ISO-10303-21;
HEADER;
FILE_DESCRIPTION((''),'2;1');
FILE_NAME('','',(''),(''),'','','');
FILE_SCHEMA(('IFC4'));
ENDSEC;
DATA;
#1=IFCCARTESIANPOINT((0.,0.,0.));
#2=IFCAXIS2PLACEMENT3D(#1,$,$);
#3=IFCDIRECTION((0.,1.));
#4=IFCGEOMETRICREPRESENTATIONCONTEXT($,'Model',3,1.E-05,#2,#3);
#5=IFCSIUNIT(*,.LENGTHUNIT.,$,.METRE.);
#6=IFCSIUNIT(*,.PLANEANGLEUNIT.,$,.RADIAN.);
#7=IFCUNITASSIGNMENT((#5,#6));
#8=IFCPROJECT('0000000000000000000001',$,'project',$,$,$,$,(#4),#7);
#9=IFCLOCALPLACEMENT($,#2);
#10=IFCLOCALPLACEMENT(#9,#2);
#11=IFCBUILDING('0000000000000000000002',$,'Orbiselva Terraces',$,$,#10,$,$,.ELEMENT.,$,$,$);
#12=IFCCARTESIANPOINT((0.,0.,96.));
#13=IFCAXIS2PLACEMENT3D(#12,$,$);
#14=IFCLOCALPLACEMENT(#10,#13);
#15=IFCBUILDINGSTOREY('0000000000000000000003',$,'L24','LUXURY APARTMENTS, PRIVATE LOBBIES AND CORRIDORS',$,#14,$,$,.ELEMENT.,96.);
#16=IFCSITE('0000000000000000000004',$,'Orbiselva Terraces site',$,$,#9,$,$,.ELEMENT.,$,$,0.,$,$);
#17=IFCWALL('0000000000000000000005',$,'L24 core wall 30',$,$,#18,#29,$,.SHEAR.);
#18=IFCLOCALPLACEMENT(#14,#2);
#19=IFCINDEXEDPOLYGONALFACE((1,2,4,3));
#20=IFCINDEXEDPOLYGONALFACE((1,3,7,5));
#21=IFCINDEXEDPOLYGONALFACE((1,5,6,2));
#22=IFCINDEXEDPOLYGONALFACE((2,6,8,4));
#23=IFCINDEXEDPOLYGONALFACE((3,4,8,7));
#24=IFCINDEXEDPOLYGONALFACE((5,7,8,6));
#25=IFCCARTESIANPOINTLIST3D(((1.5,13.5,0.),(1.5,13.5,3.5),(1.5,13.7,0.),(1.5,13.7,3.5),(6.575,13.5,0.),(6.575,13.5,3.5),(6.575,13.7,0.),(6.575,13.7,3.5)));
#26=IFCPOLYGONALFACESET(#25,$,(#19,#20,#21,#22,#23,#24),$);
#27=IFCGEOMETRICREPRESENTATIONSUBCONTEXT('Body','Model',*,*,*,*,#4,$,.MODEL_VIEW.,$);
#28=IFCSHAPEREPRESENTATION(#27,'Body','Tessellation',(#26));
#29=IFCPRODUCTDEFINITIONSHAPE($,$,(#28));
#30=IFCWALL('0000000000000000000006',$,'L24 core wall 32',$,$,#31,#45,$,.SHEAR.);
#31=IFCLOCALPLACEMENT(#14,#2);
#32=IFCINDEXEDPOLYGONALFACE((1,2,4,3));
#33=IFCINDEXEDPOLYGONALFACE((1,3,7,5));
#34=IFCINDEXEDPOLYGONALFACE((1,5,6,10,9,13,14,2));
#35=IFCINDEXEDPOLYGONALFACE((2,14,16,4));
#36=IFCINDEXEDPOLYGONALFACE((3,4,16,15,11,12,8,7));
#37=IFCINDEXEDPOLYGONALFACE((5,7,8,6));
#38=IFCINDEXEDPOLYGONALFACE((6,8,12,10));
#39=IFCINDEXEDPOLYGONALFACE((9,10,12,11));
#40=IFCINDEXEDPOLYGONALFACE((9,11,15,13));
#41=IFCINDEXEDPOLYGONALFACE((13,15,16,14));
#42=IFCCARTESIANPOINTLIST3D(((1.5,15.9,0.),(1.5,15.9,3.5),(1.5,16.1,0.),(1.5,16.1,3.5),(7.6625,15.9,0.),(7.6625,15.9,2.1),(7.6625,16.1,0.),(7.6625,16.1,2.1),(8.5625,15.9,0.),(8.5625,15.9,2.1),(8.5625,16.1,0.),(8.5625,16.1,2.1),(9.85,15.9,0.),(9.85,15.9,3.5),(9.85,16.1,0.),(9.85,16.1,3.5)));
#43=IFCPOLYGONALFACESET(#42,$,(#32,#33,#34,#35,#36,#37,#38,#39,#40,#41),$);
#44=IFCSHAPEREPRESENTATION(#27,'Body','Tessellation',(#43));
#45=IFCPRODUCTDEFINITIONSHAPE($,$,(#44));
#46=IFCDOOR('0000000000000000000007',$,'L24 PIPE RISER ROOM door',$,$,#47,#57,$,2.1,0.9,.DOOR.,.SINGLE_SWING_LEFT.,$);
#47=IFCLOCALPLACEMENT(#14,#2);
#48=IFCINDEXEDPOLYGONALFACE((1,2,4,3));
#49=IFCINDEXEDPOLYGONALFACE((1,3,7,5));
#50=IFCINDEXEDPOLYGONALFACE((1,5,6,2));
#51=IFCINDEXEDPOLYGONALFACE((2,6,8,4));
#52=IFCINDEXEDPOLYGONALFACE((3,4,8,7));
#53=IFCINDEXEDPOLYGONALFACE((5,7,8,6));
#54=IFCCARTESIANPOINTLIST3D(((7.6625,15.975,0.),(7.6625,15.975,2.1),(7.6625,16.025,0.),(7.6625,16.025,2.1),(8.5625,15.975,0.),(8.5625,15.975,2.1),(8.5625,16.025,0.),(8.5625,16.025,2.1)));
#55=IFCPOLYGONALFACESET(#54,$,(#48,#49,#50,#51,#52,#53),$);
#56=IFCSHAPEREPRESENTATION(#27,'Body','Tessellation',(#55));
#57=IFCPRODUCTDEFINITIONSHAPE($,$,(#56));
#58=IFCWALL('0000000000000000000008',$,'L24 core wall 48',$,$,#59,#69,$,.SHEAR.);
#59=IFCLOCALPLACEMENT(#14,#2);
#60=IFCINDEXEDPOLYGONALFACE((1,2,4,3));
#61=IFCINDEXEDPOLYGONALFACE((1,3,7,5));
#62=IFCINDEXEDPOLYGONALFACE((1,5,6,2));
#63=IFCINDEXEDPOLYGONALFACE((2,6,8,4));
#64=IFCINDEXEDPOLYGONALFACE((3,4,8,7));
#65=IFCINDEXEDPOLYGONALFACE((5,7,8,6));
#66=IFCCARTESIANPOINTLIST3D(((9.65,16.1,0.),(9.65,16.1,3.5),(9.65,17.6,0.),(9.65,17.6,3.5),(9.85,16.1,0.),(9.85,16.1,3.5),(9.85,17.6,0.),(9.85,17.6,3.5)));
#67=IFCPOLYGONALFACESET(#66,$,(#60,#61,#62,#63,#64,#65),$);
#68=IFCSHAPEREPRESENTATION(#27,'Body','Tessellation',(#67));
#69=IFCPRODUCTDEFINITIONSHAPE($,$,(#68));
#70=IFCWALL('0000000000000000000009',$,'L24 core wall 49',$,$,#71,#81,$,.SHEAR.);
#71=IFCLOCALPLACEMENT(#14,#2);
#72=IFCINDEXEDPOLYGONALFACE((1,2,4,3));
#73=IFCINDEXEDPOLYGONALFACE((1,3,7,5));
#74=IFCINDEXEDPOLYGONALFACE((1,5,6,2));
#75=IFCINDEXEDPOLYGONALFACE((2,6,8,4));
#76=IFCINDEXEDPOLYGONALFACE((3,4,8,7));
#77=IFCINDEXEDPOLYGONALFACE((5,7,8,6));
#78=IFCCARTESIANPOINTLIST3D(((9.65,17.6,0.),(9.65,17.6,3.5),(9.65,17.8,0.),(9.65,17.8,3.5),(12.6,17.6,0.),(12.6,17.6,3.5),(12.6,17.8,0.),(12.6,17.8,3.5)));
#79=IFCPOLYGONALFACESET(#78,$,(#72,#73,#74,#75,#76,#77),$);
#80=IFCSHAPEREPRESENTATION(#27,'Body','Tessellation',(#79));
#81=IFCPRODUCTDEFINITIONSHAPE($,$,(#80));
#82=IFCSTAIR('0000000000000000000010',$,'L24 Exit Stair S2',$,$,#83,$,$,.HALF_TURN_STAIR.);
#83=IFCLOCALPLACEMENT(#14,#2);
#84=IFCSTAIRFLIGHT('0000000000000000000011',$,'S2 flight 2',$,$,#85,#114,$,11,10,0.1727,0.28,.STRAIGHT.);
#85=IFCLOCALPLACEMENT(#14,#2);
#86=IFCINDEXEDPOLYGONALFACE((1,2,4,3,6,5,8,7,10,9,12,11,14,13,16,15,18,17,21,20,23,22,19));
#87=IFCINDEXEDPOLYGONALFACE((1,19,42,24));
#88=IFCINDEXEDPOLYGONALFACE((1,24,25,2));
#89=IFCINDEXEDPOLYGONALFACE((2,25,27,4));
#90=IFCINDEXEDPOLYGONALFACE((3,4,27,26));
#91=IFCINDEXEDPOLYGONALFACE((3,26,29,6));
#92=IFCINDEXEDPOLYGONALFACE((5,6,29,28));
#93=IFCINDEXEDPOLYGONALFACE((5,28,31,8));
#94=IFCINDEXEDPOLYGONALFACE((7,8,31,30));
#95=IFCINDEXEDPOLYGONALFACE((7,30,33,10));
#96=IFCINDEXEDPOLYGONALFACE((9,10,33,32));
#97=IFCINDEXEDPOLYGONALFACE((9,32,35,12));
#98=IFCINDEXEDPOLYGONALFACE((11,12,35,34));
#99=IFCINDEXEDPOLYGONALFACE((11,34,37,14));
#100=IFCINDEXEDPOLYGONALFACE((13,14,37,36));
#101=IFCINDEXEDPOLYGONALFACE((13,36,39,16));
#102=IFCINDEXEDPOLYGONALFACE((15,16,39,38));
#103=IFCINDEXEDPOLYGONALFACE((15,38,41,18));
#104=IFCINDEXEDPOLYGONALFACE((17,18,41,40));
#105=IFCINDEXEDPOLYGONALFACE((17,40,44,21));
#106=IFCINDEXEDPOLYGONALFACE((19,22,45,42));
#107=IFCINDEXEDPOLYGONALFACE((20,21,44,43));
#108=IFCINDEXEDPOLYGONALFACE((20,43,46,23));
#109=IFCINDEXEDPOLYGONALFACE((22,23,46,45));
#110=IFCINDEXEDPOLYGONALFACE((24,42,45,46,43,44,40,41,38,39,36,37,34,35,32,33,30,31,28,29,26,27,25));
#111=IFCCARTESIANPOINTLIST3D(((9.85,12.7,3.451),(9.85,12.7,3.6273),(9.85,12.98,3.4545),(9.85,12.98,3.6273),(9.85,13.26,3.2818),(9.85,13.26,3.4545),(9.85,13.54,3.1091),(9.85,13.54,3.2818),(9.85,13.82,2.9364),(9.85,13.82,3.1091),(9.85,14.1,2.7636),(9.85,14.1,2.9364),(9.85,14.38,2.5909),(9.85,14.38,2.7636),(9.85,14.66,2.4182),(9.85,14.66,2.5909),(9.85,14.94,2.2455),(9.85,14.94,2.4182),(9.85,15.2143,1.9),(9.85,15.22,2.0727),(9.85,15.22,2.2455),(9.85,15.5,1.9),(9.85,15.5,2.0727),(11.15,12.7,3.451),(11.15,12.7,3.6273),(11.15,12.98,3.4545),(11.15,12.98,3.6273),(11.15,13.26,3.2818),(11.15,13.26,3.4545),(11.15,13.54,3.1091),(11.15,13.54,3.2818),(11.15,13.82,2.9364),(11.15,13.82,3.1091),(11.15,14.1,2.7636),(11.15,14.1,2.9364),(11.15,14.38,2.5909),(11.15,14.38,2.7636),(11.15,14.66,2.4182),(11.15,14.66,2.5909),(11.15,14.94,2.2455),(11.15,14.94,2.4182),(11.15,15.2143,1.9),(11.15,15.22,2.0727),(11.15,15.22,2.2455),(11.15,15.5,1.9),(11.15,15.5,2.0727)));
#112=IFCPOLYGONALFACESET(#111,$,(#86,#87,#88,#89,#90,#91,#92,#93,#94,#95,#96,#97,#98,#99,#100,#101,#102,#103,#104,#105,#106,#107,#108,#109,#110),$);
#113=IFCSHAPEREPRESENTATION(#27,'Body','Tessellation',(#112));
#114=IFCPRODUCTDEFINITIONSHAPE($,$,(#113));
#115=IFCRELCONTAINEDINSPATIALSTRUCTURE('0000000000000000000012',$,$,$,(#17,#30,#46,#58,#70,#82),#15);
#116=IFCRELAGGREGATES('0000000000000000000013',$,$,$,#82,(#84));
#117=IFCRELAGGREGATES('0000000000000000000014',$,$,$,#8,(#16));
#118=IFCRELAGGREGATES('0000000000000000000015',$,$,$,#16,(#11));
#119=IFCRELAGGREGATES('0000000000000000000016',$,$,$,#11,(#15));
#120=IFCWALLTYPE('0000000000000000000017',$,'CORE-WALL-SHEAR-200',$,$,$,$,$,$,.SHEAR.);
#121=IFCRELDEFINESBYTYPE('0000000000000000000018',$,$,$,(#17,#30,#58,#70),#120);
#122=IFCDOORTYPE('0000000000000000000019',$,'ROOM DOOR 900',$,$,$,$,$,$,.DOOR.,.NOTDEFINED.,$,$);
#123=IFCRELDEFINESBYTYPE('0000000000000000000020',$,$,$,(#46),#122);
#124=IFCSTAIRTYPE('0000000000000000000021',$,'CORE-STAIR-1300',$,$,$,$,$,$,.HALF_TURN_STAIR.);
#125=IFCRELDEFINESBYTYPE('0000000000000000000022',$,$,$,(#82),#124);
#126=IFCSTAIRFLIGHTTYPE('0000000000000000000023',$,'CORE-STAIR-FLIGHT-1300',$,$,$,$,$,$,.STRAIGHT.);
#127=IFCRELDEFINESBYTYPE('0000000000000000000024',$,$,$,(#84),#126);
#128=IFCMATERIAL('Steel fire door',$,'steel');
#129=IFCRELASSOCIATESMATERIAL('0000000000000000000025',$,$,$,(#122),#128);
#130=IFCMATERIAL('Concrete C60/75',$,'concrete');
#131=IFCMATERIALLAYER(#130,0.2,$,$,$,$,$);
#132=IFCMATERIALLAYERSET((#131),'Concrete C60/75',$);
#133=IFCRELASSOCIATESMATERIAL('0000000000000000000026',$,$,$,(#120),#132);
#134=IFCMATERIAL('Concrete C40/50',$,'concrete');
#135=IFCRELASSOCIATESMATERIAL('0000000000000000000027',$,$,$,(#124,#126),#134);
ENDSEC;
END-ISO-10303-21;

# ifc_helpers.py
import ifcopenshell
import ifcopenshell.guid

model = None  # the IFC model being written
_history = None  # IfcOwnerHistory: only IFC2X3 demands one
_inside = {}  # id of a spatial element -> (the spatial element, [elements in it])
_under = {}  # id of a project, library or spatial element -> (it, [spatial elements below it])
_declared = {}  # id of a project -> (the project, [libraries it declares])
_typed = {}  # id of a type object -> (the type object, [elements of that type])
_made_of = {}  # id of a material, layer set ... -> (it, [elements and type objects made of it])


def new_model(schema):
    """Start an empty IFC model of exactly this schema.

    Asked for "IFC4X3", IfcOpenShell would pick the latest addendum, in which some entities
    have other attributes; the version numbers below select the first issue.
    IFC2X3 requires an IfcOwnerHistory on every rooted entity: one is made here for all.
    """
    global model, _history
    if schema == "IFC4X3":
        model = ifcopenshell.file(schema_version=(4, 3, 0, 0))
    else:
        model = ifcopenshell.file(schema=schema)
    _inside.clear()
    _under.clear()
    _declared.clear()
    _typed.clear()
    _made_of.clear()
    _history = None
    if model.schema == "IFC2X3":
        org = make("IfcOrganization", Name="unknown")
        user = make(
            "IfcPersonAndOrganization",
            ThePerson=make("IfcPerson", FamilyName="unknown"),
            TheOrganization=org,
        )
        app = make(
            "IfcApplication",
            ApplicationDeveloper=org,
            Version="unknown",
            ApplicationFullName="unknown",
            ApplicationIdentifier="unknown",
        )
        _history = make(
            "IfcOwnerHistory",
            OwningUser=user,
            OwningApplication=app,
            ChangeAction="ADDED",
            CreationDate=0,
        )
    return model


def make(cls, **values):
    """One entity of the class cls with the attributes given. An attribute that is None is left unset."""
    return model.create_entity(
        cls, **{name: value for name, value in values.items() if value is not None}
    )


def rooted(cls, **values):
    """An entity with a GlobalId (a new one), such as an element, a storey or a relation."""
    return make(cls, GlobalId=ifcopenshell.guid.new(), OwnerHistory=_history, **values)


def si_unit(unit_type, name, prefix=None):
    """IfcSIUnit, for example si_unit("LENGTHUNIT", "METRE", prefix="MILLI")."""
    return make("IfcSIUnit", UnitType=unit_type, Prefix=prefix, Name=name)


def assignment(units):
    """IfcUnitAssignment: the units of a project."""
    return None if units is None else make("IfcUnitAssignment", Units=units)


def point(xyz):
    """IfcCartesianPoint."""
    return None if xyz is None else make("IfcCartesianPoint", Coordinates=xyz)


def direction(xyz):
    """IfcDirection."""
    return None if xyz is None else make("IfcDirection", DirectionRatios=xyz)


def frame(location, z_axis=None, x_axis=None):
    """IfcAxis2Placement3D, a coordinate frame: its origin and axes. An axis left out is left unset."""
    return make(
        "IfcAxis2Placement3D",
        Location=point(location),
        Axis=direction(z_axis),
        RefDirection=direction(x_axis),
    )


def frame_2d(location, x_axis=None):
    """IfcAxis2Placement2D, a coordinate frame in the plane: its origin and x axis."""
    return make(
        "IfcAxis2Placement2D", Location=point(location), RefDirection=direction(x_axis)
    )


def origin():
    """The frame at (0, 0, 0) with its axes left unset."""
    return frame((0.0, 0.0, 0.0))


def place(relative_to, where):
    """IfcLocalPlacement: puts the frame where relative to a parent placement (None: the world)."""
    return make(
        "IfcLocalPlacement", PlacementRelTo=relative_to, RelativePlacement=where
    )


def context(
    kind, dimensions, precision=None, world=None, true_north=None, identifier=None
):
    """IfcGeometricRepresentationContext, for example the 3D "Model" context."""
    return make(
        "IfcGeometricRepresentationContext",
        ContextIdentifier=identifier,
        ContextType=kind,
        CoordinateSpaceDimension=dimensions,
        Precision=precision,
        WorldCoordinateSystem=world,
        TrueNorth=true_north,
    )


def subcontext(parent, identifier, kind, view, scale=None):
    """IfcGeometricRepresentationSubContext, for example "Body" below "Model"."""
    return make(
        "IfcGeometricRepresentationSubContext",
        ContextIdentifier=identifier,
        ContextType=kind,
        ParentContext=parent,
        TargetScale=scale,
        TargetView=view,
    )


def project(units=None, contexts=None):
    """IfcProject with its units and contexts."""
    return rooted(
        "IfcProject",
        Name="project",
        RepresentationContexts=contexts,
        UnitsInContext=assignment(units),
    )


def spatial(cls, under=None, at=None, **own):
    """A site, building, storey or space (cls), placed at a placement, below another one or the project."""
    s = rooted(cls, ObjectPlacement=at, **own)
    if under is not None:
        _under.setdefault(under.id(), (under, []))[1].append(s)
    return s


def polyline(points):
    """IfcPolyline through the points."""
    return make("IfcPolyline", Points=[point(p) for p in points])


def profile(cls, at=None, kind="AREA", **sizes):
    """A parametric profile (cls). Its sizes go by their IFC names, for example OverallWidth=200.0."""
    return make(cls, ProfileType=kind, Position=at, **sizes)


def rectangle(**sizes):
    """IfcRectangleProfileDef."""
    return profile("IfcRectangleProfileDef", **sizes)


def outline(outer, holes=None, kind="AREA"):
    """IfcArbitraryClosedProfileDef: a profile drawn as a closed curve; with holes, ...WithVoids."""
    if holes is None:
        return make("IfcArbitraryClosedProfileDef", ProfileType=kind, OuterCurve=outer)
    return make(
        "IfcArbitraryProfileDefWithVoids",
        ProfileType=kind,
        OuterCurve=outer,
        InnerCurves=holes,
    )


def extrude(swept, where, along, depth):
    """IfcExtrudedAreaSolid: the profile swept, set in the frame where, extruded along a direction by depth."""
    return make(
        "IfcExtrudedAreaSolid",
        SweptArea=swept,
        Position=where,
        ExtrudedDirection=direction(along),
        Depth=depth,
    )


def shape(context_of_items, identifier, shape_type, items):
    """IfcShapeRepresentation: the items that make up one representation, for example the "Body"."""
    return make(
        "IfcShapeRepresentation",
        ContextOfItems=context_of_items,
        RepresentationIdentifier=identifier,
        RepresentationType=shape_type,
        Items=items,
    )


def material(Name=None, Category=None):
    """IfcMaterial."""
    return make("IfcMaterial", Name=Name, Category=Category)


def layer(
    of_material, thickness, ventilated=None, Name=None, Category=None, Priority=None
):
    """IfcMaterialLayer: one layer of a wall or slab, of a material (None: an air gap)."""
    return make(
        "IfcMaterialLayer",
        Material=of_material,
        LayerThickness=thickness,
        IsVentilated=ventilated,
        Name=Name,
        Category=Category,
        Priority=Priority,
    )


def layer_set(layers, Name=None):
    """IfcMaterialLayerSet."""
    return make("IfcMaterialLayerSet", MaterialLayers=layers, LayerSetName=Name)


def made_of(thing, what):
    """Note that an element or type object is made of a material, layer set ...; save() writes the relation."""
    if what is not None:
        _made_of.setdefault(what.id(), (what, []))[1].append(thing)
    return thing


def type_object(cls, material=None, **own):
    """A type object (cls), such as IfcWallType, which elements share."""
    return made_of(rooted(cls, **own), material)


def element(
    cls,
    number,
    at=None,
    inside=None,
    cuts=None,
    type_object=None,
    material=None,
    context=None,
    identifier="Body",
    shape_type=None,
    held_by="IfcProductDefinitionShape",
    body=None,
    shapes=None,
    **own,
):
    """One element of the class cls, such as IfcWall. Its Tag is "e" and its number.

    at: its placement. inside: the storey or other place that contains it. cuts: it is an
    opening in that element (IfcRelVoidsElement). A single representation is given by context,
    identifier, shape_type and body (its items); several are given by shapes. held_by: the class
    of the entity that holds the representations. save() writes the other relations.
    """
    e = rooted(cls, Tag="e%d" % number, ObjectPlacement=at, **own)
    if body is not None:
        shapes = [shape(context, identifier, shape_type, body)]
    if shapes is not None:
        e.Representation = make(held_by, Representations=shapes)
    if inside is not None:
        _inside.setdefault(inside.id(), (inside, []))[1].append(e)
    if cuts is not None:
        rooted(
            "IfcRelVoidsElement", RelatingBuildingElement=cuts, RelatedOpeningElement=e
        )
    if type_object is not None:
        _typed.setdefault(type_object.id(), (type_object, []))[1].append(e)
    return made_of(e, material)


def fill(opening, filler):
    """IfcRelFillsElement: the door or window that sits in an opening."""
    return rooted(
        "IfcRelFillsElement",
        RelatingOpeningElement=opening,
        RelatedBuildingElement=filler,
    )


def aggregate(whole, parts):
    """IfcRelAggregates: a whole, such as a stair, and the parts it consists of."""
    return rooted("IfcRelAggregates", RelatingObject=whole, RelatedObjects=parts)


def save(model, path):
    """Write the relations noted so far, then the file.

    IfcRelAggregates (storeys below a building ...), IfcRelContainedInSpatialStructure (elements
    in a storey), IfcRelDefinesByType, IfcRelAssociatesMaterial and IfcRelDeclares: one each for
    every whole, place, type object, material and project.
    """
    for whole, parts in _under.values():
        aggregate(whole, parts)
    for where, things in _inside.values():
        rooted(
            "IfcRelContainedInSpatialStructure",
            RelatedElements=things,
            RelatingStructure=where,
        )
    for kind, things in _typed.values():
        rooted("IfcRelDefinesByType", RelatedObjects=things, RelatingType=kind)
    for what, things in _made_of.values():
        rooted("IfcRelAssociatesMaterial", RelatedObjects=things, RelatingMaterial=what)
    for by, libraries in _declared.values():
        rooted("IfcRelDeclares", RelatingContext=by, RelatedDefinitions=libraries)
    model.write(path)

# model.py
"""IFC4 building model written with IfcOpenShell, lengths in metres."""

from ifc_helpers import new_model, si_unit, direction, frame, frame_2d, origin, place, context, subcontext, project, spatial, polyline, rectangle, outline, extrude, material, layer, layer_set, type_object, element, fill, aggregate, save


model = new_model("IFC4")

# Units and contexts
model_context = context("Model", 3, precision=1e-05, world=origin(), true_north=direction((0.0, 1.0)))
body_context = subcontext(model_context, "Body", "Model", "MODEL_VIEW")
ifc_project = project(units=[si_unit("LENGTHUNIT", "METRE"), si_unit("PLANEANGLEUNIT", "RADIAN")], contexts=[model_context])

# Site, building, storey
site_placement = place(None, origin())
site = spatial("IfcSite", under=ifc_project, at=site_placement, Name="Orbiselva Terraces site", CompositionType="ELEMENT", RefElevation=0.0)
building_placement = place(site_placement, origin())
building = spatial("IfcBuilding", under=site, at=building_placement, Name="Orbiselva Terraces", CompositionType="ELEMENT")
storey_placement = place(building_placement, frame((0.0, 0.0, 96.0)))
storey = spatial("IfcBuildingStorey", under=building, at=storey_placement, Name="L24", Description="LUXURY APARTMENTS, PRIVATE LOBBIES AND CORRIDORS", CompositionType="ELEMENT", Elevation=96.0)

# Shared definitions
ifc_material_1 = material(Name="Steel fire door", Category="steel")
door_type = type_object("IfcDoorType", Name="ROOM DOOR 900", OperationType="NOTDEFINED", PredefinedType="DOOR", material=ifc_material_1)

# Shared definitions
ifc_material_2 = material(Name="Concrete C40/50", Category="concrete")

# Shared definitions
ifc_material_3 = material(Name="Concrete C60/75", Category="concrete")
ifc_layer_1 = layer(ifc_material_3, 0.2)
ifc_layer_set_1 = layer_set([ifc_layer_1], Name="Concrete C60/75")
wall_type_1 = type_object("IfcWallType", Name="CORE-WALL-SHEAR-200", PredefinedType="SHEAR", material=ifc_layer_set_1)

# Wall
wall_1_placement = place(storey_placement, frame((1.5, 13.6, 0.0), z_axis=(0.0, 0.0, 1.0), x_axis=(1.0, 0.0, 0.0)))
element("IfcWall", 1, at=wall_1_placement, inside=storey, type_object=wall_type_1, Name="L24 core wall 30", PredefinedType="SHEAR", context=body_context, shape_type="SweptSolid", body=[
    extrude(rectangle(XDim=5.075, YDim=0.2, at=frame_2d((2.5375, 0.0))), origin(), (0.0, 0.0, 1.0), 3.5),
])

# Wall, opening, door
wall_2_placement = place(storey_placement, frame((9.85, 16.0, 0.0), z_axis=(0.0, 0.0, 1.0), x_axis=(-1.0, 0.0, 0.0)))
wall_2 = element("IfcWall", 2, at=wall_2_placement, inside=storey, type_object=wall_type_1, Name="L24 core wall 32", PredefinedType="SHEAR", context=body_context, shape_type="SweptSolid", body=[
    extrude(rectangle(XDim=8.35, YDim=0.2, at=frame_2d((4.175, 0.0))), origin(), (0.0, 0.0, 1.0), 3.5),
])
opening_1_placement = place(wall_2_placement, frame((1.2875, 0.0, 0.0)))
opening_1 = element("IfcOpeningElement", 3, at=opening_1_placement, cuts=wall_2, PredefinedType="OPENING", context=body_context, shape_type="SweptSolid", body=[
    extrude(rectangle(XDim=0.9, YDim=2.1, at=frame_2d((0.45, 1.05))), frame((0.0, 0.11, 0.0), z_axis=(0.0, -1.0, 0.0), x_axis=(1.0, 0.0, 0.0)), (0.0, 0.0, 1.0), 0.22),
])
door_1_placement = place(opening_1_placement, origin())
door_1 = element("IfcDoor", 4, at=door_1_placement, inside=storey, type_object=door_type, Name="L24 PIPE RISER ROOM door", OperationType="SINGLE_SWING_LEFT", OverallHeight=2.1, OverallWidth=0.9, PredefinedType="DOOR", context=body_context, shape_type="SweptSolid", body=[
    extrude(rectangle(XDim=0.9, YDim=2.1, at=frame_2d((0.45, 1.05))), frame((0.0, 0.025, 0.0), z_axis=(0.0, -1.0, 0.0), x_axis=(1.0, 0.0, 0.0)), (0.0, 0.0, 1.0), 0.05),
])
fill(opening_1, door_1)

# Walls
wall_3_placement = place(storey_placement, frame((9.75, 16.1, 0.0), z_axis=(0.0, 0.0, 1.0), x_axis=(0.0, 1.0, 0.0)))
element("IfcWall", 5, at=wall_3_placement, inside=storey, type_object=wall_type_1, Name="L24 core wall 48", PredefinedType="SHEAR", context=body_context, shape_type="SweptSolid", body=[
    extrude(rectangle(XDim=1.5, YDim=0.2, at=frame_2d((0.75, 0.0))), origin(), (0.0, 0.0, 1.0), 3.5),
])
wall_4_placement = place(storey_placement, frame((9.65, 17.7, 0.0), z_axis=(0.0, 0.0, 1.0), x_axis=(1.0, 0.0, 0.0)))
element("IfcWall", 6, at=wall_4_placement, inside=storey, type_object=wall_type_1, Name="L24 core wall 49", PredefinedType="SHEAR", context=body_context, shape_type="SweptSolid", body=[
    extrude(rectangle(XDim=2.95, YDim=0.2, at=frame_2d((1.475, 0.0))), origin(), (0.0, 0.0, 1.0), 3.5),
])

# Stair, stair flight
stair_type = type_object("IfcStairType", Name="CORE-STAIR-1300", PredefinedType="HALF_TURN_STAIR", material=ifc_material_2)
stair_placement = place(storey_placement, origin())
stair = element("IfcStair", 7, at=stair_placement, inside=storey, type_object=stair_type, Name="L24 Exit Stair S2", PredefinedType="HALF_TURN_STAIR")
stair_flight_type = type_object("IfcStairFlightType", Name="CORE-STAIR-FLIGHT-1300", PredefinedType="STRAIGHT", material=ifc_material_2)
stair_flight_placement = place(storey_placement, frame((10.5, 15.5, 1.9), z_axis=(0.0, 0.0, 1.0), x_axis=(0.0, -1.0, 0.0)))
stair_flight = element("IfcStairFlight", 8, at=stair_flight_placement, type_object=stair_flight_type, Name="S2 flight 2", NumberOfRisers=11, NumberOfTreads=10, PredefinedType="STRAIGHT", RiserHeight=0.1727, TreadLength=0.28, context=body_context, shape_type="SweptSolid", body=[
    extrude(outline(polyline([(0.0, 0.0), (0.0, 0.1727), (0.28, 0.1727), (0.28, 0.3455), (0.56, 0.3455), (0.56, 0.5182), (0.84, 0.5182), (0.84, 0.6909), (1.12, 0.6909), (1.12, 0.8636), (1.4, 0.8636), (1.4, 1.0364), (1.68, 1.0364), (1.68, 1.2091), (1.96, 1.2091), (1.96, 1.3818), (2.24, 1.3818), (2.24, 1.5545), (2.52, 1.5545), (2.52, 1.7273), (2.8, 1.7273), (2.8, 1.9), (2.8, 1.551), (0.2857, 0.0), (0.0, 0.0)])), frame((0.0, 0.65, 0.0), z_axis=(0.0, -1.0, 0.0), x_axis=(1.0, 0.0, 0.0)), (0.0, 0.0, 1.0), 1.3),
])
aggregate(stair, [stair_flight])

save(model, "model.ifc")
